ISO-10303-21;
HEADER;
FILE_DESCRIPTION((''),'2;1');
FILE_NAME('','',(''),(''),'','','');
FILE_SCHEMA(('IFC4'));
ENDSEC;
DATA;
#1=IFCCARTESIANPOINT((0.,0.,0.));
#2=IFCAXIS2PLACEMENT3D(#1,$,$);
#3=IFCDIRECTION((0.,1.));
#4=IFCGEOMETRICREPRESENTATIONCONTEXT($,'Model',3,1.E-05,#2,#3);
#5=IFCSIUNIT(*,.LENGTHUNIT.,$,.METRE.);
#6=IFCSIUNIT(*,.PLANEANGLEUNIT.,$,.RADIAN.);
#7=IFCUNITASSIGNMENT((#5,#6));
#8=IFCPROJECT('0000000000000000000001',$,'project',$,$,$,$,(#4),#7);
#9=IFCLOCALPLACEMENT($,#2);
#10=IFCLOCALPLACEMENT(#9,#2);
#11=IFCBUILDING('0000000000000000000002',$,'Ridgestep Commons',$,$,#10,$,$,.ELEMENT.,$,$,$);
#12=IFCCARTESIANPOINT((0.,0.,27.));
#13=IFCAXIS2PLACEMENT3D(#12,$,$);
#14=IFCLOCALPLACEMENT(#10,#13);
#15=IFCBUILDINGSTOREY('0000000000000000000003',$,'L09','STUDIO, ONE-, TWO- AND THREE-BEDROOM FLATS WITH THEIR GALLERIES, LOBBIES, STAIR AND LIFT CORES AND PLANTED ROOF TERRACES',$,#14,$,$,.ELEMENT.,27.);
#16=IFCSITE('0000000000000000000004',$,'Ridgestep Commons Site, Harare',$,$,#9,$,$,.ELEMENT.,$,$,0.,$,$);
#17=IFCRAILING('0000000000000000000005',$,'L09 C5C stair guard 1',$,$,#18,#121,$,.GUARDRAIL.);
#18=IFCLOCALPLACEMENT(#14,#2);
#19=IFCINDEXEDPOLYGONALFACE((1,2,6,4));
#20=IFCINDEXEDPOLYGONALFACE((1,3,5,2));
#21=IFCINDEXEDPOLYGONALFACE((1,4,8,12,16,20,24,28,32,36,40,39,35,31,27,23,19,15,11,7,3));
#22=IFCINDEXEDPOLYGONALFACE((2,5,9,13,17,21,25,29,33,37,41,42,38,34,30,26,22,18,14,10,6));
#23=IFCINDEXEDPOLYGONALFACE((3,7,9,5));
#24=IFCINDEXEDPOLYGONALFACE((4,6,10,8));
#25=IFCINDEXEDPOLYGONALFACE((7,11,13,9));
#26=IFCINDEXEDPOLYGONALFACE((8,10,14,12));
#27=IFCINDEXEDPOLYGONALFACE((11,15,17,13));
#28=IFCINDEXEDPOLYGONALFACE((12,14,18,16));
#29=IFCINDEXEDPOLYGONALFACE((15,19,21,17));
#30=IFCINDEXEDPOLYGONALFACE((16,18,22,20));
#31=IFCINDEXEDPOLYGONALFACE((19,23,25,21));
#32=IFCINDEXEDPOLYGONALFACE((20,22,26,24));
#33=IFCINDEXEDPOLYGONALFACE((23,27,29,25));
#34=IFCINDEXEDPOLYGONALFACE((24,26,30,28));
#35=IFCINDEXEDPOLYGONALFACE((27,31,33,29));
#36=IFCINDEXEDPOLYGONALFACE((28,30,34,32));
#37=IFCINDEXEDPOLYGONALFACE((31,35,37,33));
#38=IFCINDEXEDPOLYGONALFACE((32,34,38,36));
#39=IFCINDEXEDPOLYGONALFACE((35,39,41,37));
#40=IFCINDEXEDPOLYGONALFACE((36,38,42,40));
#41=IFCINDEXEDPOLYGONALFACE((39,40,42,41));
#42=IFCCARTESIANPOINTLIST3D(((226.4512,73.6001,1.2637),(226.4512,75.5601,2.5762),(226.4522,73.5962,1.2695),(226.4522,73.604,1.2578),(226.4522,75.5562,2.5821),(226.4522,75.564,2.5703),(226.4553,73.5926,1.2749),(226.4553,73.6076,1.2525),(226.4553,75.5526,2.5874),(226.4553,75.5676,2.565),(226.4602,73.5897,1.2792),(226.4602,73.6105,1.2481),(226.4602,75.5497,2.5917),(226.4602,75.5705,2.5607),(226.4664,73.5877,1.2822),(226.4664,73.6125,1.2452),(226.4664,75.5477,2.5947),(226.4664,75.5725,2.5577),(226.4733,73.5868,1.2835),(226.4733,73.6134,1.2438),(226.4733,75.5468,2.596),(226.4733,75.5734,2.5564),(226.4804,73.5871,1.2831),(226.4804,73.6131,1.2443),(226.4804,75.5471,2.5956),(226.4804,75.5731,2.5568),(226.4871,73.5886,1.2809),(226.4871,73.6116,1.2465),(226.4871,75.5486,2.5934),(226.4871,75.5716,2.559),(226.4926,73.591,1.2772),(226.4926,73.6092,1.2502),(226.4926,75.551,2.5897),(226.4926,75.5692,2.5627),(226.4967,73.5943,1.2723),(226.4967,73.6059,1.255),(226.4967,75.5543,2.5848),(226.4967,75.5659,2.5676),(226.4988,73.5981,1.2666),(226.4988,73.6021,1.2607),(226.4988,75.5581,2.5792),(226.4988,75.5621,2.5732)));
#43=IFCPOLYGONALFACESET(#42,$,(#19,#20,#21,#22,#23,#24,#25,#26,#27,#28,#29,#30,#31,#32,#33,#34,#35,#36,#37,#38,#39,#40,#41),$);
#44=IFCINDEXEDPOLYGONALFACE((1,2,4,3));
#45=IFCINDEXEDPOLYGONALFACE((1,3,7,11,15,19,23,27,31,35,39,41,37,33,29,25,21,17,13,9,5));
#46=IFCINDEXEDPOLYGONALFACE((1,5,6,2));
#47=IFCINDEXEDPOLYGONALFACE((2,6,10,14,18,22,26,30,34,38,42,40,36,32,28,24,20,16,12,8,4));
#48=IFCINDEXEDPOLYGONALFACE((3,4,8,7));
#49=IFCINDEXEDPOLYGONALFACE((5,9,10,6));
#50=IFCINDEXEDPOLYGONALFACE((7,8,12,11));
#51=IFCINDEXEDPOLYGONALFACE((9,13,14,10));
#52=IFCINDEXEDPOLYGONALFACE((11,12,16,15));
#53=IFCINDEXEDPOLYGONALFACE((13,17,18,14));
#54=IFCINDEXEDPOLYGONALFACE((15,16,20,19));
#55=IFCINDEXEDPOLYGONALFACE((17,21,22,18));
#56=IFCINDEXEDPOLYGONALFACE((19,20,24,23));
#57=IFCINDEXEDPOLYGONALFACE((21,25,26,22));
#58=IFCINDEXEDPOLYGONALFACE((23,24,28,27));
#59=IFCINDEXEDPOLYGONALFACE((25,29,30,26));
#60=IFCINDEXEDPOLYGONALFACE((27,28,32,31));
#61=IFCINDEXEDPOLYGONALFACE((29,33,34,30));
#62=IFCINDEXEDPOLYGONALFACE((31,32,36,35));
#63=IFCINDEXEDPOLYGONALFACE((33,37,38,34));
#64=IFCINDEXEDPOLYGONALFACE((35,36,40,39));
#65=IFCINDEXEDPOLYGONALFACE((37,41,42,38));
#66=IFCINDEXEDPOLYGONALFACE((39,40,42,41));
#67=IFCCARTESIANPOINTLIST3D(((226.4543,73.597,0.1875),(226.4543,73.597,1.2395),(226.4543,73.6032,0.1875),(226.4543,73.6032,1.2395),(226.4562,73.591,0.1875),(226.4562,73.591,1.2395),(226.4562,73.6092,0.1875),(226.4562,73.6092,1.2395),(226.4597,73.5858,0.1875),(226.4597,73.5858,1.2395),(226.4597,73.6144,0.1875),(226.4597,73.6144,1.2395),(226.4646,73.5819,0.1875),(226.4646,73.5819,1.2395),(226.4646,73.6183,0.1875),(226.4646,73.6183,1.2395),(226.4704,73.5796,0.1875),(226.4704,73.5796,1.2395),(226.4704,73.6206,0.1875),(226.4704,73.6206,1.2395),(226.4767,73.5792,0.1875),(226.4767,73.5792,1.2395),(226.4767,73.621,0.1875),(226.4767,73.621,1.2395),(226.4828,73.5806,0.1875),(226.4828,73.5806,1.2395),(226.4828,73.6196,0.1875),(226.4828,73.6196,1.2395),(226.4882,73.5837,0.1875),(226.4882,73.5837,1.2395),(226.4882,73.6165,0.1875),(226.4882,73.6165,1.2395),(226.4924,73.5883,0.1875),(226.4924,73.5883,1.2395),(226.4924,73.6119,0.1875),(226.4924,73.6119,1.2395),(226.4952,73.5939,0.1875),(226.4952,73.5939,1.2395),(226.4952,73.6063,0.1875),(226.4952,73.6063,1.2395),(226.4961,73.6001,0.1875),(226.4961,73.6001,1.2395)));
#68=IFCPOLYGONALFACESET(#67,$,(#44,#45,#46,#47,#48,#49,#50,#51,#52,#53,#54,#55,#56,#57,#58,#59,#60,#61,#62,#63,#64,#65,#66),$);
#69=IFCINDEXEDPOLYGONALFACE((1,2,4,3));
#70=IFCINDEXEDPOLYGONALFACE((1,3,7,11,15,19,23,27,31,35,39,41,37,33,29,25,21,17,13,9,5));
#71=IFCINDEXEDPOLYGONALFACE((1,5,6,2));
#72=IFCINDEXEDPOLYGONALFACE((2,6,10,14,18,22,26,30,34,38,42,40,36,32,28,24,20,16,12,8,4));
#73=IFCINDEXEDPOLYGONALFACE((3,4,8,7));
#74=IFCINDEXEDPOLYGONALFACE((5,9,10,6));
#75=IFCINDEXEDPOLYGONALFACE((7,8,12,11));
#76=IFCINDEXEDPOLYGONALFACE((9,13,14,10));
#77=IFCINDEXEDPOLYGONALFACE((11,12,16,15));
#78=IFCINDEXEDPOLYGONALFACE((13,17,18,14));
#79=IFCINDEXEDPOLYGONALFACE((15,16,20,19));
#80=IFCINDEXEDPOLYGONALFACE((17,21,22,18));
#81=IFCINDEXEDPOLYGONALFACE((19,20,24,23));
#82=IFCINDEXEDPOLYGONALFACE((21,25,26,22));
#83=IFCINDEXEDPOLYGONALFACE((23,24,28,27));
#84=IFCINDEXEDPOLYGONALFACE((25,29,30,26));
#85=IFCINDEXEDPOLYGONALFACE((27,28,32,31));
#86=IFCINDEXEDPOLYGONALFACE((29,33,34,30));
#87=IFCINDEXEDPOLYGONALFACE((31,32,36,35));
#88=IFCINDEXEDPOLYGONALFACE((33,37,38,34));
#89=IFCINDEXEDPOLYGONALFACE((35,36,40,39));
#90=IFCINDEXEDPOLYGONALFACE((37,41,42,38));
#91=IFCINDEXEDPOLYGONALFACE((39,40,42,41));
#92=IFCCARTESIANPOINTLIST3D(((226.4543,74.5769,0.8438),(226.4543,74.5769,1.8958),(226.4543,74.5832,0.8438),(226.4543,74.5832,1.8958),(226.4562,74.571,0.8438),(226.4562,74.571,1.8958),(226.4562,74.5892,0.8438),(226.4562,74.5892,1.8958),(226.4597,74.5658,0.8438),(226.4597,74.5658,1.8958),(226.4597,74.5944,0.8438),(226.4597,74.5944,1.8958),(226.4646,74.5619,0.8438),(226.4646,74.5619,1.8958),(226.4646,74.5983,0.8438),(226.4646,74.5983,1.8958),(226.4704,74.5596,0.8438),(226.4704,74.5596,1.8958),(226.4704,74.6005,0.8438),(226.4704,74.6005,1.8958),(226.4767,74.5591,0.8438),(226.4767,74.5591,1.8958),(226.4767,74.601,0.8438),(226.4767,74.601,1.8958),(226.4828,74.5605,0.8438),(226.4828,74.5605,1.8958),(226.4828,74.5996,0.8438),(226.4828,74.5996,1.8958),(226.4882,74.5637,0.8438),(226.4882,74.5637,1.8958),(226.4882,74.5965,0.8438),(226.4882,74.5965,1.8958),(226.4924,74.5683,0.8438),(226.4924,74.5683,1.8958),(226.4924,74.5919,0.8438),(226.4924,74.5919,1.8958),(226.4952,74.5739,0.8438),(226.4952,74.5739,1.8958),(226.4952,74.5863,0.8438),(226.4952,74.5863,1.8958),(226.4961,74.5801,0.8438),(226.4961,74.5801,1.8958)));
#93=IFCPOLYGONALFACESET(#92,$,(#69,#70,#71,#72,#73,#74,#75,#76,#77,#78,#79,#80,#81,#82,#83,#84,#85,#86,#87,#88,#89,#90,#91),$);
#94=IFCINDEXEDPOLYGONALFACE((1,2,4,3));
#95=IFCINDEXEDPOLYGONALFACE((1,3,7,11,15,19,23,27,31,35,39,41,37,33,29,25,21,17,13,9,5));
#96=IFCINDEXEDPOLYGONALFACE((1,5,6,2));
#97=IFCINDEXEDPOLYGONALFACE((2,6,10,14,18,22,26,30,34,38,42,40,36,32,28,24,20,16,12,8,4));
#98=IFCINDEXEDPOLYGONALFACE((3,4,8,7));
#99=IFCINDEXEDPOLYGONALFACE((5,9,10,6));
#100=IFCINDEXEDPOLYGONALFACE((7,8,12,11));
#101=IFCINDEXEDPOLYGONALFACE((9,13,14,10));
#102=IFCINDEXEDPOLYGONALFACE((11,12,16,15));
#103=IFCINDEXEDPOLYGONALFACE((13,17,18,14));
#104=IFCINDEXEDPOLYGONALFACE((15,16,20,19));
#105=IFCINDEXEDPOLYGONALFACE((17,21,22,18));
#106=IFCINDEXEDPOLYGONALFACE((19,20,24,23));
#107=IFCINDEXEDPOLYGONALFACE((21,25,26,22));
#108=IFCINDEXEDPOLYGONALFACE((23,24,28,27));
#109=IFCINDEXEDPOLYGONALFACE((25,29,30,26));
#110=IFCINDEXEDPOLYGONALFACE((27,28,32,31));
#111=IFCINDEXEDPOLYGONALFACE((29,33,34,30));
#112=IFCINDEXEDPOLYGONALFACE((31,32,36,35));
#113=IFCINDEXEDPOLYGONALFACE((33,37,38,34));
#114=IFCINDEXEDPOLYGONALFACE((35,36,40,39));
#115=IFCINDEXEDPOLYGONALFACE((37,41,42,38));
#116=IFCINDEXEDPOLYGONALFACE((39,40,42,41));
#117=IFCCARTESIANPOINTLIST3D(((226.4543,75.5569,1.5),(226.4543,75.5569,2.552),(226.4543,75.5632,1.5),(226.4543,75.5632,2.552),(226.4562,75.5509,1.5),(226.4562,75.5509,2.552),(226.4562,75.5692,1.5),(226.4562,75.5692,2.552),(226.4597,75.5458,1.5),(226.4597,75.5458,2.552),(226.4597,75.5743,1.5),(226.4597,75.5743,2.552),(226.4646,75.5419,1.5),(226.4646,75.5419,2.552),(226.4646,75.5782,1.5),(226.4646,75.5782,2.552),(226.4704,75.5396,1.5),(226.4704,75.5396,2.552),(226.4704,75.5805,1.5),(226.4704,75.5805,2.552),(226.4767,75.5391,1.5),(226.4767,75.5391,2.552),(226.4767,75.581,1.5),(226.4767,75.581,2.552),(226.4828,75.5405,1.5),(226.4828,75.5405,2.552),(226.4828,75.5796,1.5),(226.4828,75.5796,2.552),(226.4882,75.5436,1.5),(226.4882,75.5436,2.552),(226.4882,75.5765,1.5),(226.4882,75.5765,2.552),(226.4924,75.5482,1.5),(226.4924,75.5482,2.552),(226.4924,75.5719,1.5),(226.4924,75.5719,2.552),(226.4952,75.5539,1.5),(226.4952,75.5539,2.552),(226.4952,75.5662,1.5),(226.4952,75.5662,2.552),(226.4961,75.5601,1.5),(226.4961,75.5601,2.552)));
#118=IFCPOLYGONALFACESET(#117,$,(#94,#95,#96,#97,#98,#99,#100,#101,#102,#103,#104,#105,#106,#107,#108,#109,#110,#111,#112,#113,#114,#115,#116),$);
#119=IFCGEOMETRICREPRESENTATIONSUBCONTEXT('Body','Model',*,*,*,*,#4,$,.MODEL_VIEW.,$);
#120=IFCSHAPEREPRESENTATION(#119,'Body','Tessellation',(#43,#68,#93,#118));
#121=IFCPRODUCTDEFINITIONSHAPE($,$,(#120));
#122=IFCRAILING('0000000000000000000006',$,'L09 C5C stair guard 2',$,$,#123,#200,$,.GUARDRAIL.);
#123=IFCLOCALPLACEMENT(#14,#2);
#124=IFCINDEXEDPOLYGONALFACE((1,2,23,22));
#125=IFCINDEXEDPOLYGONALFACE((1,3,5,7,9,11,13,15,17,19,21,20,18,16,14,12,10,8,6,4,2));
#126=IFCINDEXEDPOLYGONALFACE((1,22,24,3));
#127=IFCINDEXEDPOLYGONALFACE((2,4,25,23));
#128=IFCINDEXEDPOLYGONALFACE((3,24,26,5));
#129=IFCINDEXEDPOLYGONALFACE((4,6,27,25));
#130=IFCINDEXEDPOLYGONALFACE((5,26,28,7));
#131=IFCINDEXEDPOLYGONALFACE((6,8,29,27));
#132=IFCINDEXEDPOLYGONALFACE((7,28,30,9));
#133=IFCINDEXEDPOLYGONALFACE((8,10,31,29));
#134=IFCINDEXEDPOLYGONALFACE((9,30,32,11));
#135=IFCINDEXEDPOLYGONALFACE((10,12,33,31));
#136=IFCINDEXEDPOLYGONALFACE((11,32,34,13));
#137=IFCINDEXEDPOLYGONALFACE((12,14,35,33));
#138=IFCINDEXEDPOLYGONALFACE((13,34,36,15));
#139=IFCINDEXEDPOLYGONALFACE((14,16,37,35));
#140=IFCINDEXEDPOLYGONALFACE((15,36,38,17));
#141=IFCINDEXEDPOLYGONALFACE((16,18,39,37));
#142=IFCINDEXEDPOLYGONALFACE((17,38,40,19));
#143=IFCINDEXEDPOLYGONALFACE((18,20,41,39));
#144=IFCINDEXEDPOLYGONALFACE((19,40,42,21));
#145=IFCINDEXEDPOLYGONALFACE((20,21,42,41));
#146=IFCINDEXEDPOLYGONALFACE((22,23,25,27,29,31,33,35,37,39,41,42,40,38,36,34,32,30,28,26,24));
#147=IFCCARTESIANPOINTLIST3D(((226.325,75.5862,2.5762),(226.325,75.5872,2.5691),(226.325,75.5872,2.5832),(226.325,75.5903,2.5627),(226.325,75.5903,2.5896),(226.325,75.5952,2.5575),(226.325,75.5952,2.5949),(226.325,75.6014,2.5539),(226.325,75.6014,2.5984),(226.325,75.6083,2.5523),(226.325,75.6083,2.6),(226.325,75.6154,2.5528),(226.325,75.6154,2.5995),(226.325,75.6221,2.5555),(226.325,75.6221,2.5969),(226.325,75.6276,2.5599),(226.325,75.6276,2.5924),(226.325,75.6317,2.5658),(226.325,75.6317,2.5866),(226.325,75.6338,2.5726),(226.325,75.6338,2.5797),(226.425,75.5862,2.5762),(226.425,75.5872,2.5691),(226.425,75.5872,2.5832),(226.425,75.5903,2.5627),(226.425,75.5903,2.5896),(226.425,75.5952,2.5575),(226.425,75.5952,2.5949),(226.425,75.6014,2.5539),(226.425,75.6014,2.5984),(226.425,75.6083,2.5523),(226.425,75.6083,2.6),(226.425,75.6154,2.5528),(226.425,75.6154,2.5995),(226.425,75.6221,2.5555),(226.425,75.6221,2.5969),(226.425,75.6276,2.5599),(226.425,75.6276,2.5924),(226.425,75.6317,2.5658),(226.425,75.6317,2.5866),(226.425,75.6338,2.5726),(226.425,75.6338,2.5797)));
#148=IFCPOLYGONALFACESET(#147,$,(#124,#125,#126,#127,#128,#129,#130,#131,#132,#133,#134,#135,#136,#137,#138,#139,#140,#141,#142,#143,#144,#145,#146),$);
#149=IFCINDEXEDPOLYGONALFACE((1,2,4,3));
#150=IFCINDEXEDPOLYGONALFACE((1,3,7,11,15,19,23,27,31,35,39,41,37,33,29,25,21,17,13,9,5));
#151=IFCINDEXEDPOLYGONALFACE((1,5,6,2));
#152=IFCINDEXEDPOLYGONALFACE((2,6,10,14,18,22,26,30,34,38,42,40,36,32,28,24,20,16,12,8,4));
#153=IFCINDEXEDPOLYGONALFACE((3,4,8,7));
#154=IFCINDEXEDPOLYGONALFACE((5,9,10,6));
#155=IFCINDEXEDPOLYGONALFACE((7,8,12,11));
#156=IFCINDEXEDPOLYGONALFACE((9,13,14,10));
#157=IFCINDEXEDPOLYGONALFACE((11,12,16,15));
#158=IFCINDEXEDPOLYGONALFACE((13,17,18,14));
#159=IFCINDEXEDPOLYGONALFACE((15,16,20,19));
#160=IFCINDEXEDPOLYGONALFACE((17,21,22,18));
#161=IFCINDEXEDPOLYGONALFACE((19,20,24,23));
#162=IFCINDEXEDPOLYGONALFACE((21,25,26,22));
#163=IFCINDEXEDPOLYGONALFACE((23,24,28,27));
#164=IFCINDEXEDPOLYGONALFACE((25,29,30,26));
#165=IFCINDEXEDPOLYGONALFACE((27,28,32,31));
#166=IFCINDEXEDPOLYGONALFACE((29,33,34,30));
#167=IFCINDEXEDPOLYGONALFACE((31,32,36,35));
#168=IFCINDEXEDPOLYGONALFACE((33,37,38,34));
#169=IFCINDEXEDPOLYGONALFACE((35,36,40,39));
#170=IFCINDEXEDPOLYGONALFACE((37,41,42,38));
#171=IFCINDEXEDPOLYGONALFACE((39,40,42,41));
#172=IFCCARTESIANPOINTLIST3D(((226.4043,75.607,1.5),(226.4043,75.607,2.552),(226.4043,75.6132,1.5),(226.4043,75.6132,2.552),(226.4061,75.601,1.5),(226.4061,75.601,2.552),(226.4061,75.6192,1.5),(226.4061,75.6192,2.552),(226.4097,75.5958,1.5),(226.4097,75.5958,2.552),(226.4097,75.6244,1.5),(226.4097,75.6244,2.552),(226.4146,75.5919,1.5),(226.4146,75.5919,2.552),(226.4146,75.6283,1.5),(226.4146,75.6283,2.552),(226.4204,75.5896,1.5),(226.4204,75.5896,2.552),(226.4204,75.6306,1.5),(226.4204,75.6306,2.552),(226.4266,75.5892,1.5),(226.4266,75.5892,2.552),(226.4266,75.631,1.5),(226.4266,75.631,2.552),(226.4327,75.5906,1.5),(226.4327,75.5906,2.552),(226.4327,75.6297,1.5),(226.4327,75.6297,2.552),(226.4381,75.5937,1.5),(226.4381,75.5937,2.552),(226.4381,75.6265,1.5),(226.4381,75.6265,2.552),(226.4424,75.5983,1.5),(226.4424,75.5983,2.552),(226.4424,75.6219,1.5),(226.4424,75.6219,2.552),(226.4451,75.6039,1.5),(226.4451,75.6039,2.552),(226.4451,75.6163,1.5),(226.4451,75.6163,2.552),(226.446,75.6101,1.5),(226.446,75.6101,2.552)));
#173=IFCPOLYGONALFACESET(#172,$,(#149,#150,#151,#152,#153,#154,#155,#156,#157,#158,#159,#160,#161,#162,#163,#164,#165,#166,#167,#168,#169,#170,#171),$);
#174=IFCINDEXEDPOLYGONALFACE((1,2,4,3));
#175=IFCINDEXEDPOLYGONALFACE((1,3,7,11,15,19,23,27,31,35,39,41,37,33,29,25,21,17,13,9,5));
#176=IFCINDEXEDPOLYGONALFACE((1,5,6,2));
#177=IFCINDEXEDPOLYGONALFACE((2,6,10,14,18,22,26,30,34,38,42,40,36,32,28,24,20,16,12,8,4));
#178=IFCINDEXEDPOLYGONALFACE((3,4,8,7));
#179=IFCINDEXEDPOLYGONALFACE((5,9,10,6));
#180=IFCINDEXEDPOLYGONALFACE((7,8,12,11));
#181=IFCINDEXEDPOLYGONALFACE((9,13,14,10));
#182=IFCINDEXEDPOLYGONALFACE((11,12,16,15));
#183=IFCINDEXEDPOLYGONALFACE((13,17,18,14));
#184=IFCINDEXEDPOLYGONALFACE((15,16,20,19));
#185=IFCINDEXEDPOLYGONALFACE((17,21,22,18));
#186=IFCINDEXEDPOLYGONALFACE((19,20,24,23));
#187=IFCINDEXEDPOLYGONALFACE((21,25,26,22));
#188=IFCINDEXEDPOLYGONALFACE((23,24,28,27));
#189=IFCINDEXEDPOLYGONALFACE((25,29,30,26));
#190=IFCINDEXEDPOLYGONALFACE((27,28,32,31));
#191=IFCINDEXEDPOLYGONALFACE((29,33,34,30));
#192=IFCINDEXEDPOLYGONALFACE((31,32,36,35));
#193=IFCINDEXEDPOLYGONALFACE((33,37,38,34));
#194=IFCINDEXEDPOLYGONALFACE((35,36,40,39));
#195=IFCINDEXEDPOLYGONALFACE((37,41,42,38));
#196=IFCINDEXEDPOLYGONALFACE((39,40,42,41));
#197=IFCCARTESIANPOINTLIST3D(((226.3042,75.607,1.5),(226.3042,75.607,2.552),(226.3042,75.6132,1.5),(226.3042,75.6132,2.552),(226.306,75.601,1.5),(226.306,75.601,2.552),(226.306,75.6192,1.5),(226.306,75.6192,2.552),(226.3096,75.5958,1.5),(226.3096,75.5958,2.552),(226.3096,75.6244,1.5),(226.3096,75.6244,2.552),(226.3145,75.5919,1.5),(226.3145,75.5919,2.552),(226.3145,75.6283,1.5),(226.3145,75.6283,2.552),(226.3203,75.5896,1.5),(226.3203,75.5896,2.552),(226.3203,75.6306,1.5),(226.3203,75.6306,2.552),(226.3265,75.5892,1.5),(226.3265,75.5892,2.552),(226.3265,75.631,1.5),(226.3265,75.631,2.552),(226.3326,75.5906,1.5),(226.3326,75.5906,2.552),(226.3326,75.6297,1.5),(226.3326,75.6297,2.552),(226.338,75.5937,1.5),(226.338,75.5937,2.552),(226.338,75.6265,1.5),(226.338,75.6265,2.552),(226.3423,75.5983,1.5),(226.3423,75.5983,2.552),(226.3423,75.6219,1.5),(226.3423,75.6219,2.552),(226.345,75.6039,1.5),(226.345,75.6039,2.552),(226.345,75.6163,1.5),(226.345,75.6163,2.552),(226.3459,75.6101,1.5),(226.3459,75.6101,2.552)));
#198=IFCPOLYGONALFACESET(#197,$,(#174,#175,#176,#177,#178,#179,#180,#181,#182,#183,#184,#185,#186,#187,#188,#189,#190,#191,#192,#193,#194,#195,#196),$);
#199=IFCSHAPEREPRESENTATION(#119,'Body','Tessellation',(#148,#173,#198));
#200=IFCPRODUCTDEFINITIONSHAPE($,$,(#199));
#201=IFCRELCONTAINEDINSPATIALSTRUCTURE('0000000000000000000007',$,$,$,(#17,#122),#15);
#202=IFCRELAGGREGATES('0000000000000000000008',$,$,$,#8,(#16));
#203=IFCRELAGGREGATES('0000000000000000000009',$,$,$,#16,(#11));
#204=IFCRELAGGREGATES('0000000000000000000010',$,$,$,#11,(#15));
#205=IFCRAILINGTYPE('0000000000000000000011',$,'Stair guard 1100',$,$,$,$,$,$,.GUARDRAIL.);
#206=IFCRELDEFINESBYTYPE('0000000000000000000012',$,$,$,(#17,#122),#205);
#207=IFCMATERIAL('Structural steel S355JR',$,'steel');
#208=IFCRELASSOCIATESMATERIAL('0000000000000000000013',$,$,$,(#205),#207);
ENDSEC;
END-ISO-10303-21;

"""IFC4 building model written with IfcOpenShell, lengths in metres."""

from ifc_helpers import new_model, si_unit, direction, frame, origin, origin_2d, place, context, subcontext, project, spatial, circle, extrude, material, type_object, element, save


model = new_model("IFC4")

# Units and contexts
model_context = context("Model", 3, precision=1e-05, world=origin(), true_north=direction((0.0, 1.0)))
body_context = subcontext(model_context, "Body", "Model", "MODEL_VIEW")
ifc_project = project(units=[si_unit("LENGTHUNIT", "METRE"), si_unit("PLANEANGLEUNIT", "RADIAN")], contexts=[model_context])

# Site, building, storey
site_placement = place(None, origin())
site = spatial("IfcSite", under=ifc_project, at=site_placement, Name="Ridgestep Commons Site, Harare", CompositionType="ELEMENT", RefElevation=0.0)
building_placement = place(site_placement, origin())
building = spatial("IfcBuilding", under=site, at=building_placement, Name="Ridgestep Commons", CompositionType="ELEMENT")
storey_placement = place(building_placement, frame((0.0, 0.0, 27.0)))
storey = spatial("IfcBuildingStorey", under=building, at=storey_placement, Name="L09", Description="STUDIO, ONE-, TWO- AND THREE-BEDROOM FLATS WITH THEIR GALLERIES, LOBBIES, STAIR AND LIFT CORES AND PLANTED ROOF TERRACES", CompositionType="ELEMENT", Elevation=27.0)

# Railings
ifc_material_1 = material(Name="Structural steel S355JR", Category="steel")
railing_type_1 = type_object("IfcRailingType", Name="Stair guard 1100", PredefinedType="GUARDRAIL", material=ifc_material_1)
railing_1_placement = place(storey_placement, frame((226.4751, 73.6001, 0.1875)))
element("IfcRailing", 1, at=railing_1_placement, inside=storey, type_object=railing_type_1, Name="L09 C5C stair guard 1", PredefinedType="GUARDRAIL", context=body_context, shape_type="SweptSolid", body=[
    extrude(circle(Radius=0.0239, at=origin_2d()), frame((0.0, 0.0, 1.0762), z_axis=(0.0, 0.830902, 0.556419), x_axis=(-1.0, 0.0, 0.0)), (0.0, 0.0, 1.0), 2.3589),
    extrude(circle(Radius=0.021, at=origin_2d()), origin(), (0.0, 0.0, 1.0), 1.052),
    extrude(circle(Radius=0.021, at=origin_2d()), frame((0.0, 0.98, 0.6562)), (0.0, 0.0, 1.0), 1.052),
    extrude(circle(Radius=0.021, at=origin_2d()), frame((0.0, 1.96, 1.3125)), (0.0, 0.0, 1.0), 1.052),
])
railing_2_placement = place(storey_placement, frame((226.425, 75.6101, 1.5)))
element("IfcRailing", 2, at=railing_2_placement, inside=storey, type_object=railing_type_1, Name="L09 C5C stair guard 2", PredefinedType="GUARDRAIL", context=body_context, shape_type="SweptSolid", body=[
    extrude(circle(Radius=0.0239, at=origin_2d()), frame((0.0, 0.0, 1.0762), z_axis=(-1.0, 0.0, 0.0), x_axis=(0.0, -1.0, 0.0)), (0.0, 0.0, 1.0), 0.1001),
    extrude(circle(Radius=0.021, at=origin_2d()), origin(), (0.0, 0.0, 1.0), 1.052),
    extrude(circle(Radius=0.021, at=origin_2d()), frame((-0.1001, 0.0, 0.0)), (0.0, 0.0, 1.0), 1.052),
])

save(model, "model.ifc")
